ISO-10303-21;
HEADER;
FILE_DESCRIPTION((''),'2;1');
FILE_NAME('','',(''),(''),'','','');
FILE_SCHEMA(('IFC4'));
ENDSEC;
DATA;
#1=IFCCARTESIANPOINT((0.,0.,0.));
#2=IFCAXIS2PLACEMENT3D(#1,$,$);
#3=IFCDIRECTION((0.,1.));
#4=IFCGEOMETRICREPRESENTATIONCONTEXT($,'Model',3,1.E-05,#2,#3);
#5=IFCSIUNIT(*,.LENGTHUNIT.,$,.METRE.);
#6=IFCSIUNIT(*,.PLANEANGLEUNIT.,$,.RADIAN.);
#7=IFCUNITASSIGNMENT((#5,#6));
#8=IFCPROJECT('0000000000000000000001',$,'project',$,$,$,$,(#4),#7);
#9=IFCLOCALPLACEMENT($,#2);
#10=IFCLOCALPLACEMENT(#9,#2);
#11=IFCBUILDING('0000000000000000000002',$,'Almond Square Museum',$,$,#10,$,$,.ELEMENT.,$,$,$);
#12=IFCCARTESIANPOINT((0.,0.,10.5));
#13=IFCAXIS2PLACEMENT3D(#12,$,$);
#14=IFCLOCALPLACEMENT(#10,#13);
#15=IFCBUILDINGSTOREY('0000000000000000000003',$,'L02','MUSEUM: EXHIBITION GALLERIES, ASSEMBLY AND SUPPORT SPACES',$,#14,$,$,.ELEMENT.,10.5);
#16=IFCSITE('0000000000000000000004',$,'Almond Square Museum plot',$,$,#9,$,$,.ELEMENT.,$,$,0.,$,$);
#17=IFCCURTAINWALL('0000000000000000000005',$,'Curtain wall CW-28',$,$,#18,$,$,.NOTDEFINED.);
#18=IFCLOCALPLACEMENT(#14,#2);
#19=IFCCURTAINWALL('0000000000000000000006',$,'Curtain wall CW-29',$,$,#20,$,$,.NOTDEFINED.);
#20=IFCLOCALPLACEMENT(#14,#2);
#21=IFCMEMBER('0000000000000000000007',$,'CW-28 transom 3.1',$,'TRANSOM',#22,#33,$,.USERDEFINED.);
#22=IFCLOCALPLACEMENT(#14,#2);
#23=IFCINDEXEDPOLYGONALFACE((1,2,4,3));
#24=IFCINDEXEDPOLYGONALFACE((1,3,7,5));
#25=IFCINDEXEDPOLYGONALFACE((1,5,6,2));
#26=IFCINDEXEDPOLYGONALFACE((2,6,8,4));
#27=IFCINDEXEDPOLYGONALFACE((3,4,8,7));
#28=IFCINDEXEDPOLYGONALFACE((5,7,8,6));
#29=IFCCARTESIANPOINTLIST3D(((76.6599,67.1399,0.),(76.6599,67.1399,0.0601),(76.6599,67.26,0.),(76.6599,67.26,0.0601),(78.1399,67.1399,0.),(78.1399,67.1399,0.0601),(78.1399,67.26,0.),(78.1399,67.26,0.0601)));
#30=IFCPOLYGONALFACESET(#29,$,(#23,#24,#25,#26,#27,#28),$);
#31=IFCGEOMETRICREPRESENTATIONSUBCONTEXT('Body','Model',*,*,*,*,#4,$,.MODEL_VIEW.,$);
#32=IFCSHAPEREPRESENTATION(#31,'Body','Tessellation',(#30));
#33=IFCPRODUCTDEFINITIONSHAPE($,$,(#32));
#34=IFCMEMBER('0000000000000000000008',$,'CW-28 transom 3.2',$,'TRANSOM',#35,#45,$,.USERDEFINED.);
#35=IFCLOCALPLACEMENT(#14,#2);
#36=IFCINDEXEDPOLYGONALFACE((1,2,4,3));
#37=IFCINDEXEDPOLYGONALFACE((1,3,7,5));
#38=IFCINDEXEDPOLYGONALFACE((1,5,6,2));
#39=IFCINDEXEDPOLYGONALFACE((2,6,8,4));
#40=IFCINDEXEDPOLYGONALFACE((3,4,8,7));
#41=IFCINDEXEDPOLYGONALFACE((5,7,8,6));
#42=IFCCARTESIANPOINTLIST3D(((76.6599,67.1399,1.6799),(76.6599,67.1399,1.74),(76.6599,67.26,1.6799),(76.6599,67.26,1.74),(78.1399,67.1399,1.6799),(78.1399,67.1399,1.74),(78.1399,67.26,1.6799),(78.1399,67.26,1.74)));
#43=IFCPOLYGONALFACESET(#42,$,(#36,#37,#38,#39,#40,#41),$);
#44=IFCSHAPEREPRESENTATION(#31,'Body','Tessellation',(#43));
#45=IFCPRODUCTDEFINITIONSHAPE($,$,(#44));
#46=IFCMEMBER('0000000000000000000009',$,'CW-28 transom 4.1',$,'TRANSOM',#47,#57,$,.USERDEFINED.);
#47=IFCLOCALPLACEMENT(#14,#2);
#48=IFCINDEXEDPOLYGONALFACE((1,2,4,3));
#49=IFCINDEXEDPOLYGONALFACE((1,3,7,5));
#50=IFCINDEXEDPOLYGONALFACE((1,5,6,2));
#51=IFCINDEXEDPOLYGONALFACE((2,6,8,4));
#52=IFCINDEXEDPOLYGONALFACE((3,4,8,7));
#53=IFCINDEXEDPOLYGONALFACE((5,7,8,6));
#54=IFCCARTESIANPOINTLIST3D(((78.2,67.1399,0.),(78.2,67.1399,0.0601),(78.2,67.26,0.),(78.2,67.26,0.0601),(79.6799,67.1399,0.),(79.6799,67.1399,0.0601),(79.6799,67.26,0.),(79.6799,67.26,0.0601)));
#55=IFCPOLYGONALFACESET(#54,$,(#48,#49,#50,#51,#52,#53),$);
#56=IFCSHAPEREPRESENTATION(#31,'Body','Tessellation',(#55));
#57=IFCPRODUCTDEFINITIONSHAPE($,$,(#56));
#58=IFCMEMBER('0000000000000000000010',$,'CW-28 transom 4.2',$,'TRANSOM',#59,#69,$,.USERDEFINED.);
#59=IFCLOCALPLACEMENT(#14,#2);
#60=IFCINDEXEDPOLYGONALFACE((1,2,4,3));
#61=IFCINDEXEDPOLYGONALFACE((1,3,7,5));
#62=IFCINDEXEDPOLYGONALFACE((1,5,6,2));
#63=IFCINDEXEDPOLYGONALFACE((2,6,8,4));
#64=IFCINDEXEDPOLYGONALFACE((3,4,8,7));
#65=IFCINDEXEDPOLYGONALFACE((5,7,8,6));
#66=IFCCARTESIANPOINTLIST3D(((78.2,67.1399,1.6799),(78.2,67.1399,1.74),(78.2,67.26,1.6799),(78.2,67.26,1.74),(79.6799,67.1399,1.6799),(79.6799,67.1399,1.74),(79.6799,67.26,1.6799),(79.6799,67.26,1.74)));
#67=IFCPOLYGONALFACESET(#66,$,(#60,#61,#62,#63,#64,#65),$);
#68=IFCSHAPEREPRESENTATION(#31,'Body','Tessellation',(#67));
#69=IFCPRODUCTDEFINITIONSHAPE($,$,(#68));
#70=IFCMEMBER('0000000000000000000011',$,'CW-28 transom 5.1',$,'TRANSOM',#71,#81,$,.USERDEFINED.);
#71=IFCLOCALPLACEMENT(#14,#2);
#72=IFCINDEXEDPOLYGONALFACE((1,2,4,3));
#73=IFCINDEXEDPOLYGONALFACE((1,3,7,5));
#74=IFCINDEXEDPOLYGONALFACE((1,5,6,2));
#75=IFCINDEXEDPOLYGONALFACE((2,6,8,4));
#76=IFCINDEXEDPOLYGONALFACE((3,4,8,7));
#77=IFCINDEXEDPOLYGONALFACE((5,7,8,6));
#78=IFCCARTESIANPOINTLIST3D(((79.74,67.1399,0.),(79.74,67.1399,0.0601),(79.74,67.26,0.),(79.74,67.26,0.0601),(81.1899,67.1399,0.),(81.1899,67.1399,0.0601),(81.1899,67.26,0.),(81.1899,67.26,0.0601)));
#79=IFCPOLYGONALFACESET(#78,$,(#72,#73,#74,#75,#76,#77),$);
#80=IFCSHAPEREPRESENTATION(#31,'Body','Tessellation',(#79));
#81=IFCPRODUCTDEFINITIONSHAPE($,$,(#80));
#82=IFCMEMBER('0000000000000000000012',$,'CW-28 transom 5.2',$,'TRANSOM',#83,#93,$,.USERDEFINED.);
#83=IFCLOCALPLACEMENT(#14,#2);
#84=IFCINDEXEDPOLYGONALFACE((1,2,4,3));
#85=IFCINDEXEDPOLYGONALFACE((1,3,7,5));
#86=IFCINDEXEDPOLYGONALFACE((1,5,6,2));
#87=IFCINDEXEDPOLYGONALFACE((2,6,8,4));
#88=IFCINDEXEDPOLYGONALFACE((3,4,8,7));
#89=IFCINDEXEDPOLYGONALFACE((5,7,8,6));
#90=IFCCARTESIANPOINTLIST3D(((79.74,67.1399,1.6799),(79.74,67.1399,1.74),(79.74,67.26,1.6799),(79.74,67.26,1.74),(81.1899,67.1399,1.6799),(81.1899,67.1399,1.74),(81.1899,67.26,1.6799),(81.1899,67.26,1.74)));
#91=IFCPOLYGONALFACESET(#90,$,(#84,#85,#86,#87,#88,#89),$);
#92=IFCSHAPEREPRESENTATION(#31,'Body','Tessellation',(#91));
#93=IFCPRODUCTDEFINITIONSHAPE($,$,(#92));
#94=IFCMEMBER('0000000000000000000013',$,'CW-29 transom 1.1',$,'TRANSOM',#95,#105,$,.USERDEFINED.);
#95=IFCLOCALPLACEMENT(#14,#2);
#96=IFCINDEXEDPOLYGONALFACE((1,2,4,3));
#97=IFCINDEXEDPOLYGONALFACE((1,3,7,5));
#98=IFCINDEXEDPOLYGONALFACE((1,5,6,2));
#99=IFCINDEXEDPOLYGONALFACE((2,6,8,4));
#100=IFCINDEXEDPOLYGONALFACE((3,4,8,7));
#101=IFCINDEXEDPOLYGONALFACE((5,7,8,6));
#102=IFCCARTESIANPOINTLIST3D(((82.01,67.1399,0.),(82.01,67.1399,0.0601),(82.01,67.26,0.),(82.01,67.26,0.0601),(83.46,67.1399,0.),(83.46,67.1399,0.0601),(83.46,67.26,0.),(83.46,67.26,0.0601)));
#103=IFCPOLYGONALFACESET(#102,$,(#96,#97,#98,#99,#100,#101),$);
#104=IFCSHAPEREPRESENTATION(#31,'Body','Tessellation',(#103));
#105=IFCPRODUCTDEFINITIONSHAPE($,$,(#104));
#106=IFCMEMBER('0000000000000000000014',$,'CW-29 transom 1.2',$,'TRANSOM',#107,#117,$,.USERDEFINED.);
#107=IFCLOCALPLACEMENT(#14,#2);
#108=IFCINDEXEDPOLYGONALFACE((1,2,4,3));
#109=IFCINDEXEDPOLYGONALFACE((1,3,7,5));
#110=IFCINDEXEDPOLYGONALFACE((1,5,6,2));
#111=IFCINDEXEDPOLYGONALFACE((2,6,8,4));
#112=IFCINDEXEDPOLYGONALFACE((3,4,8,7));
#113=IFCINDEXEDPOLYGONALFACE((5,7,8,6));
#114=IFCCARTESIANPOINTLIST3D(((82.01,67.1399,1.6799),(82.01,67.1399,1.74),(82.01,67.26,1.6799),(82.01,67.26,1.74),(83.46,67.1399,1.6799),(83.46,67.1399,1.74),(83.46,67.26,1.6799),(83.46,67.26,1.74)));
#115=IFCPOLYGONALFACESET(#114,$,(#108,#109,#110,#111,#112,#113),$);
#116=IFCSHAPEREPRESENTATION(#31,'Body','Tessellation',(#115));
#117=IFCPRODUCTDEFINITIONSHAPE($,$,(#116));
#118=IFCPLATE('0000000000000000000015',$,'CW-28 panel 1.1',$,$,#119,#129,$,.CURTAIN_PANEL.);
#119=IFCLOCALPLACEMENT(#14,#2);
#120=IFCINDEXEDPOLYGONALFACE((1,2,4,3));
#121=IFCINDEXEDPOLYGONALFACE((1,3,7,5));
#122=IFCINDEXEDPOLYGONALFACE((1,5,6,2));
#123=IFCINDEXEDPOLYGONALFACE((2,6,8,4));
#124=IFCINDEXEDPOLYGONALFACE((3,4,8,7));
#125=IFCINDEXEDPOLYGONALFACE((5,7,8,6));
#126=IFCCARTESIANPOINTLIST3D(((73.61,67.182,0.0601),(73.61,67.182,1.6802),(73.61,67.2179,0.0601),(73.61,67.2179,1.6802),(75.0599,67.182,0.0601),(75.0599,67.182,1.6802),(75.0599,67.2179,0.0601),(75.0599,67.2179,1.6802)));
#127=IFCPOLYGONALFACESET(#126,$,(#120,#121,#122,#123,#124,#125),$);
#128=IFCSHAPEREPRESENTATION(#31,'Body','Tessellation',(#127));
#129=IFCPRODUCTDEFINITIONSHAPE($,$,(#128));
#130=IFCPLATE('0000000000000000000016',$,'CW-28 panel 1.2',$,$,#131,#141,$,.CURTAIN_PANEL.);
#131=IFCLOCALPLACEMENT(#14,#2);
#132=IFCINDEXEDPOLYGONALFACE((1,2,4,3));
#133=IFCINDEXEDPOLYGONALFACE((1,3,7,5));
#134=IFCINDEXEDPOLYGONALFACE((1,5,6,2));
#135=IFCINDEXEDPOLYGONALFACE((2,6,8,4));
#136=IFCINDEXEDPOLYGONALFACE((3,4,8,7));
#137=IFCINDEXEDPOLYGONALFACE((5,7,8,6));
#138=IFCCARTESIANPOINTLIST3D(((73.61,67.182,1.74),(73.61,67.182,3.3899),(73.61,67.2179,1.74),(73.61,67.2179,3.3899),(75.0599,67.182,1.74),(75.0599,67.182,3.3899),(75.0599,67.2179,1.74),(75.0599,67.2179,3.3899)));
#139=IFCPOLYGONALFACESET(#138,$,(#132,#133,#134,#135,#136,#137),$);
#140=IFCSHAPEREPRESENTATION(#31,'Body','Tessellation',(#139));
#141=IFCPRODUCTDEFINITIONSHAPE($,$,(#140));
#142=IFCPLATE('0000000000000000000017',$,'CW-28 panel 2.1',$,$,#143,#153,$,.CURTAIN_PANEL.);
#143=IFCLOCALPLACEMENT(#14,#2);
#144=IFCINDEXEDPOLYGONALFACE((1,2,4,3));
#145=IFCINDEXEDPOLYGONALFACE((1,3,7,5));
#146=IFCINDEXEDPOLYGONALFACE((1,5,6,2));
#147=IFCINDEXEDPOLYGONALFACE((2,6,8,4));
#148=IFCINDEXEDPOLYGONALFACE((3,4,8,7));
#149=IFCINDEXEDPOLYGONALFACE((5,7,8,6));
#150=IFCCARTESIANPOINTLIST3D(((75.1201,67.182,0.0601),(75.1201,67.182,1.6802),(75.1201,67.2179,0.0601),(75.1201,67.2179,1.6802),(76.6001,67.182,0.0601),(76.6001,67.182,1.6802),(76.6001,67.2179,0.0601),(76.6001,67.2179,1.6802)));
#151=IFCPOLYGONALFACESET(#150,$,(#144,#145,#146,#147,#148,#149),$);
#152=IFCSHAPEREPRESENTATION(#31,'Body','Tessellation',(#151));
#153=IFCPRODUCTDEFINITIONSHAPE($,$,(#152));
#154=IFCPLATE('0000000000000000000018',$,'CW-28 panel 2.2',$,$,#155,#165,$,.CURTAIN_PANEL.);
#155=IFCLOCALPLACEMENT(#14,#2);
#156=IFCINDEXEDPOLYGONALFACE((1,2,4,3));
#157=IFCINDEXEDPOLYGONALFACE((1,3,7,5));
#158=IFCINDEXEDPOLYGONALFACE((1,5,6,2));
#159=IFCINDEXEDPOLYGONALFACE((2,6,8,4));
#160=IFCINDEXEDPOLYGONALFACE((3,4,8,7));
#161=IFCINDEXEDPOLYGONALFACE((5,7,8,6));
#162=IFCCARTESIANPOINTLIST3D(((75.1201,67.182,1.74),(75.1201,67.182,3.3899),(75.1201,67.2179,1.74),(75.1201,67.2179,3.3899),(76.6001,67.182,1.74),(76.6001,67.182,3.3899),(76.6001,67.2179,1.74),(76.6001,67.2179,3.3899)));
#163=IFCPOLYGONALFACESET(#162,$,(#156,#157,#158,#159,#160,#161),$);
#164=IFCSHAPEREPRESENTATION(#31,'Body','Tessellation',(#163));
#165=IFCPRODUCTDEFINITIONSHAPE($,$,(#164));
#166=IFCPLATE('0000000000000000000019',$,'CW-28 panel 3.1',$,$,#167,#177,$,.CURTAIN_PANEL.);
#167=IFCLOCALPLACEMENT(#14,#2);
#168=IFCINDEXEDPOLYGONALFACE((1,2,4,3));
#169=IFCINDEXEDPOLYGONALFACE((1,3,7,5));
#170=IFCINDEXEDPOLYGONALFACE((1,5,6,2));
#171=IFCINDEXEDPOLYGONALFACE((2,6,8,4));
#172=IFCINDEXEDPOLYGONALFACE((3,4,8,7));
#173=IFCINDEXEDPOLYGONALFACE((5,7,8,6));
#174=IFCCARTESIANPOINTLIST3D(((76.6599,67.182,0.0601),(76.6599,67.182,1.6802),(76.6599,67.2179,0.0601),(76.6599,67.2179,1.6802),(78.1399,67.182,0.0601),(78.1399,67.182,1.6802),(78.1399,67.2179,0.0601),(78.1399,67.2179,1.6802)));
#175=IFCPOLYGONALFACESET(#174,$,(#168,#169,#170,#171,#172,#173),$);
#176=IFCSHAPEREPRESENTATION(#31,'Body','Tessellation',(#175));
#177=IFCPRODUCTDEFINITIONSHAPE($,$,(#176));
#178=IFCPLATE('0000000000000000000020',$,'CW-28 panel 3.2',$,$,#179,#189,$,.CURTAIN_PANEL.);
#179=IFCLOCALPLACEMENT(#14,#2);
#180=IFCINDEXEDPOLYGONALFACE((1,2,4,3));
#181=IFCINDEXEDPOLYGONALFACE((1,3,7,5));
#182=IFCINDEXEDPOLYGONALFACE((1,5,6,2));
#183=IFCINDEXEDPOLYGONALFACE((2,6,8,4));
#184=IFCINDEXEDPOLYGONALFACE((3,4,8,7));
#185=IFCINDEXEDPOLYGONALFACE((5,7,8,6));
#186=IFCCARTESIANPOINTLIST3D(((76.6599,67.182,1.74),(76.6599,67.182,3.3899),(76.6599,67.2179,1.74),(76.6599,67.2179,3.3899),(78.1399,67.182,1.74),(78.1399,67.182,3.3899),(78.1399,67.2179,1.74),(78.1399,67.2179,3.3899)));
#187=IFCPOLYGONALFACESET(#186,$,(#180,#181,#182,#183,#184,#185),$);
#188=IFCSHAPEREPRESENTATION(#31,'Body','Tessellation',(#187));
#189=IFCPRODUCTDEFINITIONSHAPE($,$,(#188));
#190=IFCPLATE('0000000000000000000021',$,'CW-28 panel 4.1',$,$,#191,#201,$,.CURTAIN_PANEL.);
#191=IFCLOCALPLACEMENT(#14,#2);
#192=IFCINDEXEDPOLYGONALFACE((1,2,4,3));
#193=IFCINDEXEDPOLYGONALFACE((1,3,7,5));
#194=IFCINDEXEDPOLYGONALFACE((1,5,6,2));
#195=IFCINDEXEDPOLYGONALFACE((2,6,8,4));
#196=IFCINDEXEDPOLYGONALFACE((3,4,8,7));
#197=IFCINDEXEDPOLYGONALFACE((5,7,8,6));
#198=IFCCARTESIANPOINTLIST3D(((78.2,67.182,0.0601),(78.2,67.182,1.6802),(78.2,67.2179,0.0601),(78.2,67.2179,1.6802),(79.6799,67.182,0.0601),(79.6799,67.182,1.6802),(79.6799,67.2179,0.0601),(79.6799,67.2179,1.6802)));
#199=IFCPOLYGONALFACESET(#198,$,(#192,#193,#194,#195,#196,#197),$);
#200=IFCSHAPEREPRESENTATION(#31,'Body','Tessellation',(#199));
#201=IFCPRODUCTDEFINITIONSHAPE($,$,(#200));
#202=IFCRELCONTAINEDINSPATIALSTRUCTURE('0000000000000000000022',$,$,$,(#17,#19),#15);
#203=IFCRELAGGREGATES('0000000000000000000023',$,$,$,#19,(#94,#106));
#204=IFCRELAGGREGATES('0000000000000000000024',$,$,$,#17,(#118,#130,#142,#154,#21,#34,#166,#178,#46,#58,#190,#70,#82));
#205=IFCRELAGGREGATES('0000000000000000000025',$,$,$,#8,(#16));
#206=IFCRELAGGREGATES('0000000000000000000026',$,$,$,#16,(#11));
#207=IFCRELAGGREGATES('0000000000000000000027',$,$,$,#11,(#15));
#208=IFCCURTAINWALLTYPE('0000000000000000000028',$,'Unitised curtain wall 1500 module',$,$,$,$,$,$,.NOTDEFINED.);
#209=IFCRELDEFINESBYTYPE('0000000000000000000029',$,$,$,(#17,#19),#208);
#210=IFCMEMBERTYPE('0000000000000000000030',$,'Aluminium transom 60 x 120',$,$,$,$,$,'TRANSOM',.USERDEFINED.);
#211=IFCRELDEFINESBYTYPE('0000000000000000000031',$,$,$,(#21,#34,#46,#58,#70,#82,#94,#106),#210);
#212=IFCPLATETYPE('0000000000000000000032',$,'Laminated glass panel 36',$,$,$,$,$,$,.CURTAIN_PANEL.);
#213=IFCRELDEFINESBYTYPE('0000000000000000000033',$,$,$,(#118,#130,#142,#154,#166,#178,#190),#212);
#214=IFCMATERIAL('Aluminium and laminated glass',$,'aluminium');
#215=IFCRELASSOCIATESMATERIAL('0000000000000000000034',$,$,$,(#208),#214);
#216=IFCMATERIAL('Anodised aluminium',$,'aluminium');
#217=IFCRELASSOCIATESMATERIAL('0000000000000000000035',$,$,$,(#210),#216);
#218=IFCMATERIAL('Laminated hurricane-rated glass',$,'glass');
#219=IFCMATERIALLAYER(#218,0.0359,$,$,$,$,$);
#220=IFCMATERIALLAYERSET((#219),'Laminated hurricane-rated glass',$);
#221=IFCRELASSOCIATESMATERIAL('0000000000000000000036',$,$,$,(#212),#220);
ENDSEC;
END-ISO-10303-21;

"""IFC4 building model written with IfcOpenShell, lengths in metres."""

from ifc_helpers import new_model, si_unit, direction, frame, origin, origin_2d, place, context, subcontext, project, spatial, rectangle, extrude, material, layer, layer_set, material_profile, profile_set, type_object, element, aggregate, save


model = new_model("IFC4")

# Units and contexts
model_context = context("Model", 3, precision=1e-05, world=origin(), true_north=direction((0.0, 1.0)))
body_context = subcontext(model_context, "Body", "Model", "MODEL_VIEW")
ifc_project = project(units=[si_unit("LENGTHUNIT", "METRE"), si_unit("PLANEANGLEUNIT", "RADIAN")], contexts=[model_context])

# Site, building, storey
site_placement = place(None, origin())
site = spatial("IfcSite", under=ifc_project, at=site_placement, Name="Almond Square Museum plot", CompositionType="ELEMENT", RefElevation=0.0)
building_placement = place(site_placement, origin())
building = spatial("IfcBuilding", under=site, at=building_placement, Name="Almond Square Museum", CompositionType="ELEMENT")
storey_placement = place(building_placement, frame((0.0, 0.0, 10.5)))
storey = spatial("IfcBuildingStorey", under=building, at=storey_placement, Name="L02", Description="MUSEUM: EXHIBITION GALLERIES, ASSEMBLY AND SUPPORT SPACES", CompositionType="ELEMENT", Elevation=10.5)

# Curtain wall
ifc_material_1 = material(Name="Aluminium and laminated glass", Category="aluminium")
curtain_wall_type = type_object("IfcCurtainWallType", Name="Unitised curtain wall 1500 module", PredefinedType="NOTDEFINED", material=ifc_material_1)
curtain_wall_1_placement = place(storey_placement, origin())
curtain_wall_1 = element("IfcCurtainWall", 1, at=curtain_wall_1_placement, inside=storey, type_object=curtain_wall_type, Name="Curtain wall CW-28", PredefinedType="NOTDEFINED")

# Curtain wall
curtain_wall_2_placement = place(storey_placement, origin())
curtain_wall_2 = element("IfcCurtainWall", 2, at=curtain_wall_2_placement, inside=storey, type_object=curtain_wall_type, Name="Curtain wall CW-29", PredefinedType="NOTDEFINED")

# Members
ifc_material_2 = material(Name="Anodised aluminium", Category="aluminium")
ifc_material_profile_1 = material_profile(ifc_material_2, rectangle(XDim=0.1201, YDim=0.0601, at=origin_2d()))
ifc_profile_set_1 = profile_set([ifc_material_profile_1], Name="Anodised aluminium")
member_type_1 = type_object("IfcMemberType", Name="Aluminium transom 60 x 120", ElementType="TRANSOM", PredefinedType="USERDEFINED", material=ifc_profile_set_1)
member_1_placement = place(storey_placement, frame((76.6599, 67.2, 0.03), z_axis=(1.0, 0.0, 0.0), x_axis=(0.0, 1.0, 0.0)))
member_1 = element("IfcMember", 3, at=member_1_placement, type_object=member_type_1, Name="CW-28 transom 3.1", ObjectType="TRANSOM", PredefinedType="USERDEFINED", context=body_context, shape_type="SweptSolid", body=[
    extrude(rectangle(XDim=0.1201, YDim=0.0601, at=origin_2d()), origin(), (0.0, 0.0, 1.0), 1.48),
])
member_2_placement = place(storey_placement, frame((76.6599, 67.2, 1.71), z_axis=(1.0, 0.0, 0.0), x_axis=(0.0, 1.0, 0.0)))
member_2 = element("IfcMember", 4, at=member_2_placement, type_object=member_type_1, Name="CW-28 transom 3.2", ObjectType="TRANSOM", PredefinedType="USERDEFINED", context=body_context, shape_type="SweptSolid", body=[
    extrude(rectangle(XDim=0.1201, YDim=0.0601, at=origin_2d()), origin(), (0.0, 0.0, 1.0), 1.48),
])
member_3_placement = place(storey_placement, frame((78.2, 67.2, 0.03), z_axis=(1.0, 0.0, 0.0), x_axis=(0.0, 1.0, 0.0)))
member_3 = element("IfcMember", 5, at=member_3_placement, type_object=member_type_1, Name="CW-28 transom 4.1", ObjectType="TRANSOM", PredefinedType="USERDEFINED", context=body_context, shape_type="SweptSolid", body=[
    extrude(rectangle(XDim=0.1201, YDim=0.0601, at=origin_2d()), origin(), (0.0, 0.0, 1.0), 1.48),
])
member_4_placement = place(storey_placement, frame((78.2, 67.2, 1.71), z_axis=(1.0, 0.0, 0.0), x_axis=(0.0, 1.0, 0.0)))
member_4 = element("IfcMember", 6, at=member_4_placement, type_object=member_type_1, Name="CW-28 transom 4.2", ObjectType="TRANSOM", PredefinedType="USERDEFINED", context=body_context, shape_type="SweptSolid", body=[
    extrude(rectangle(XDim=0.1201, YDim=0.0601, at=origin_2d()), origin(), (0.0, 0.0, 1.0), 1.48),
])
member_5_placement = place(storey_placement, frame((79.74, 67.2, 0.03), z_axis=(1.0, 0.0, 0.0), x_axis=(0.0, 1.0, 0.0)))
member_5 = element("IfcMember", 7, at=member_5_placement, type_object=member_type_1, Name="CW-28 transom 5.1", ObjectType="TRANSOM", PredefinedType="USERDEFINED", context=body_context, shape_type="SweptSolid", body=[
    extrude(rectangle(XDim=0.1201, YDim=0.0601, at=origin_2d()), origin(), (0.0, 0.0, 1.0), 1.45),
])
member_6_placement = place(storey_placement, frame((79.74, 67.2, 1.71), z_axis=(1.0, 0.0, 0.0), x_axis=(0.0, 1.0, 0.0)))
member_6 = element("IfcMember", 8, at=member_6_placement, type_object=member_type_1, Name="CW-28 transom 5.2", ObjectType="TRANSOM", PredefinedType="USERDEFINED", context=body_context, shape_type="SweptSolid", body=[
    extrude(rectangle(XDim=0.1201, YDim=0.0601, at=origin_2d()), origin(), (0.0, 0.0, 1.0), 1.45),
])
member_7_placement = place(storey_placement, frame((82.01, 67.2, 0.03), z_axis=(1.0, 0.0, 0.0), x_axis=(0.0, 1.0, 0.0)))
member_7 = element("IfcMember", 9, at=member_7_placement, type_object=member_type_1, Name="CW-29 transom 1.1", ObjectType="TRANSOM", PredefinedType="USERDEFINED", context=body_context, shape_type="SweptSolid", body=[
    extrude(rectangle(XDim=0.1201, YDim=0.0601, at=origin_2d()), origin(), (0.0, 0.0, 1.0), 1.45),
])
member_8_placement = place(storey_placement, frame((82.01, 67.2, 1.71), z_axis=(1.0, 0.0, 0.0), x_axis=(0.0, 1.0, 0.0)))
member_8 = element("IfcMember", 10, at=member_8_placement, type_object=member_type_1, Name="CW-29 transom 1.2", ObjectType="TRANSOM", PredefinedType="USERDEFINED", context=body_context, shape_type="SweptSolid", body=[
    extrude(rectangle(XDim=0.1201, YDim=0.0601, at=origin_2d()), origin(), (0.0, 0.0, 1.0), 1.45),
])
aggregate(curtain_wall_2, [member_7, member_8])

# Plates
ifc_material_3 = material(Name="Laminated hurricane-rated glass", Category="glass")
ifc_layer = layer(ifc_material_3, 0.0359)
ifc_layer_set = layer_set([ifc_layer], Name="Laminated hurricane-rated glass")
plate_type = type_object("IfcPlateType", Name="Laminated glass panel 36", PredefinedType="CURTAIN_PANEL", material=ifc_layer_set)
plate_1_placement = place(storey_placement, frame((74.335, 67.2, 0.0601), z_axis=(0.0, 0.0, 1.0), x_axis=(1.0, 0.0, 0.0)))
plate_1 = element("IfcPlate", 11, at=plate_1_placement, type_object=plate_type, Name="CW-28 panel 1.1", PredefinedType="CURTAIN_PANEL", context=body_context, shape_type="SweptSolid", body=[
    extrude(rectangle(XDim=1.45, YDim=0.0359, at=origin_2d()), origin(), (0.0, 0.0, 1.0), 1.6201),
])
plate_2_placement = place(storey_placement, frame((74.335, 67.2, 1.74), z_axis=(0.0, 0.0, 1.0), x_axis=(1.0, 0.0, 0.0)))
plate_2 = element("IfcPlate", 12, at=plate_2_placement, type_object=plate_type, Name="CW-28 panel 1.2", PredefinedType="CURTAIN_PANEL", context=body_context, shape_type="SweptSolid", body=[
    extrude(rectangle(XDim=1.45, YDim=0.0359, at=origin_2d()), origin(), (0.0, 0.0, 1.0), 1.6499),
])
plate_3_placement = place(storey_placement, frame((75.8601, 67.2, 0.0601), z_axis=(0.0, 0.0, 1.0), x_axis=(1.0, 0.0, 0.0)))
plate_3 = element("IfcPlate", 13, at=plate_3_placement, type_object=plate_type, Name="CW-28 panel 2.1", PredefinedType="CURTAIN_PANEL", context=body_context, shape_type="SweptSolid", body=[
    extrude(rectangle(XDim=1.48, YDim=0.0359, at=origin_2d()), origin(), (0.0, 0.0, 1.0), 1.6201),
])
plate_4_placement = place(storey_placement, frame((75.8601, 67.2, 1.74), z_axis=(0.0, 0.0, 1.0), x_axis=(1.0, 0.0, 0.0)))
plate_4 = element("IfcPlate", 14, at=plate_4_placement, type_object=plate_type, Name="CW-28 panel 2.2", PredefinedType="CURTAIN_PANEL", context=body_context, shape_type="SweptSolid", body=[
    extrude(rectangle(XDim=1.48, YDim=0.0359, at=origin_2d()), origin(), (0.0, 0.0, 1.0), 1.6499),
])
plate_5_placement = place(storey_placement, frame((77.3999, 67.2, 0.0601), z_axis=(0.0, 0.0, 1.0), x_axis=(1.0, 0.0, 0.0)))
plate_5 = element("IfcPlate", 15, at=plate_5_placement, type_object=plate_type, Name="CW-28 panel 3.1", PredefinedType="CURTAIN_PANEL", context=body_context, shape_type="SweptSolid", body=[
    extrude(rectangle(XDim=1.48, YDim=0.0359, at=origin_2d()), origin(), (0.0, 0.0, 1.0), 1.6201),
])
plate_6_placement = place(storey_placement, frame((77.3999, 67.2, 1.74), z_axis=(0.0, 0.0, 1.0), x_axis=(1.0, 0.0, 0.0)))
plate_6 = element("IfcPlate", 16, at=plate_6_placement, type_object=plate_type, Name="CW-28 panel 3.2", PredefinedType="CURTAIN_PANEL", context=body_context, shape_type="SweptSolid", body=[
    extrude(rectangle(XDim=1.48, YDim=0.0359, at=origin_2d()), origin(), (0.0, 0.0, 1.0), 1.6499),
])
plate_7_placement = place(storey_placement, frame((78.9399, 67.2, 0.0601), z_axis=(0.0, 0.0, 1.0), x_axis=(1.0, 0.0, 0.0)))
plate_7 = element("IfcPlate", 17, at=plate_7_placement, type_object=plate_type, Name="CW-28 panel 4.1", PredefinedType="CURTAIN_PANEL", context=body_context, shape_type="SweptSolid", body=[
    extrude(rectangle(XDim=1.48, YDim=0.0359, at=origin_2d()), origin(), (0.0, 0.0, 1.0), 1.6201),
])
aggregate(curtain_wall_1, [plate_1, plate_2, plate_3, plate_4, member_1, member_2, plate_5, plate_6, member_3, member_4, plate_7, member_5, member_6])

save(model, "model.ifc")
